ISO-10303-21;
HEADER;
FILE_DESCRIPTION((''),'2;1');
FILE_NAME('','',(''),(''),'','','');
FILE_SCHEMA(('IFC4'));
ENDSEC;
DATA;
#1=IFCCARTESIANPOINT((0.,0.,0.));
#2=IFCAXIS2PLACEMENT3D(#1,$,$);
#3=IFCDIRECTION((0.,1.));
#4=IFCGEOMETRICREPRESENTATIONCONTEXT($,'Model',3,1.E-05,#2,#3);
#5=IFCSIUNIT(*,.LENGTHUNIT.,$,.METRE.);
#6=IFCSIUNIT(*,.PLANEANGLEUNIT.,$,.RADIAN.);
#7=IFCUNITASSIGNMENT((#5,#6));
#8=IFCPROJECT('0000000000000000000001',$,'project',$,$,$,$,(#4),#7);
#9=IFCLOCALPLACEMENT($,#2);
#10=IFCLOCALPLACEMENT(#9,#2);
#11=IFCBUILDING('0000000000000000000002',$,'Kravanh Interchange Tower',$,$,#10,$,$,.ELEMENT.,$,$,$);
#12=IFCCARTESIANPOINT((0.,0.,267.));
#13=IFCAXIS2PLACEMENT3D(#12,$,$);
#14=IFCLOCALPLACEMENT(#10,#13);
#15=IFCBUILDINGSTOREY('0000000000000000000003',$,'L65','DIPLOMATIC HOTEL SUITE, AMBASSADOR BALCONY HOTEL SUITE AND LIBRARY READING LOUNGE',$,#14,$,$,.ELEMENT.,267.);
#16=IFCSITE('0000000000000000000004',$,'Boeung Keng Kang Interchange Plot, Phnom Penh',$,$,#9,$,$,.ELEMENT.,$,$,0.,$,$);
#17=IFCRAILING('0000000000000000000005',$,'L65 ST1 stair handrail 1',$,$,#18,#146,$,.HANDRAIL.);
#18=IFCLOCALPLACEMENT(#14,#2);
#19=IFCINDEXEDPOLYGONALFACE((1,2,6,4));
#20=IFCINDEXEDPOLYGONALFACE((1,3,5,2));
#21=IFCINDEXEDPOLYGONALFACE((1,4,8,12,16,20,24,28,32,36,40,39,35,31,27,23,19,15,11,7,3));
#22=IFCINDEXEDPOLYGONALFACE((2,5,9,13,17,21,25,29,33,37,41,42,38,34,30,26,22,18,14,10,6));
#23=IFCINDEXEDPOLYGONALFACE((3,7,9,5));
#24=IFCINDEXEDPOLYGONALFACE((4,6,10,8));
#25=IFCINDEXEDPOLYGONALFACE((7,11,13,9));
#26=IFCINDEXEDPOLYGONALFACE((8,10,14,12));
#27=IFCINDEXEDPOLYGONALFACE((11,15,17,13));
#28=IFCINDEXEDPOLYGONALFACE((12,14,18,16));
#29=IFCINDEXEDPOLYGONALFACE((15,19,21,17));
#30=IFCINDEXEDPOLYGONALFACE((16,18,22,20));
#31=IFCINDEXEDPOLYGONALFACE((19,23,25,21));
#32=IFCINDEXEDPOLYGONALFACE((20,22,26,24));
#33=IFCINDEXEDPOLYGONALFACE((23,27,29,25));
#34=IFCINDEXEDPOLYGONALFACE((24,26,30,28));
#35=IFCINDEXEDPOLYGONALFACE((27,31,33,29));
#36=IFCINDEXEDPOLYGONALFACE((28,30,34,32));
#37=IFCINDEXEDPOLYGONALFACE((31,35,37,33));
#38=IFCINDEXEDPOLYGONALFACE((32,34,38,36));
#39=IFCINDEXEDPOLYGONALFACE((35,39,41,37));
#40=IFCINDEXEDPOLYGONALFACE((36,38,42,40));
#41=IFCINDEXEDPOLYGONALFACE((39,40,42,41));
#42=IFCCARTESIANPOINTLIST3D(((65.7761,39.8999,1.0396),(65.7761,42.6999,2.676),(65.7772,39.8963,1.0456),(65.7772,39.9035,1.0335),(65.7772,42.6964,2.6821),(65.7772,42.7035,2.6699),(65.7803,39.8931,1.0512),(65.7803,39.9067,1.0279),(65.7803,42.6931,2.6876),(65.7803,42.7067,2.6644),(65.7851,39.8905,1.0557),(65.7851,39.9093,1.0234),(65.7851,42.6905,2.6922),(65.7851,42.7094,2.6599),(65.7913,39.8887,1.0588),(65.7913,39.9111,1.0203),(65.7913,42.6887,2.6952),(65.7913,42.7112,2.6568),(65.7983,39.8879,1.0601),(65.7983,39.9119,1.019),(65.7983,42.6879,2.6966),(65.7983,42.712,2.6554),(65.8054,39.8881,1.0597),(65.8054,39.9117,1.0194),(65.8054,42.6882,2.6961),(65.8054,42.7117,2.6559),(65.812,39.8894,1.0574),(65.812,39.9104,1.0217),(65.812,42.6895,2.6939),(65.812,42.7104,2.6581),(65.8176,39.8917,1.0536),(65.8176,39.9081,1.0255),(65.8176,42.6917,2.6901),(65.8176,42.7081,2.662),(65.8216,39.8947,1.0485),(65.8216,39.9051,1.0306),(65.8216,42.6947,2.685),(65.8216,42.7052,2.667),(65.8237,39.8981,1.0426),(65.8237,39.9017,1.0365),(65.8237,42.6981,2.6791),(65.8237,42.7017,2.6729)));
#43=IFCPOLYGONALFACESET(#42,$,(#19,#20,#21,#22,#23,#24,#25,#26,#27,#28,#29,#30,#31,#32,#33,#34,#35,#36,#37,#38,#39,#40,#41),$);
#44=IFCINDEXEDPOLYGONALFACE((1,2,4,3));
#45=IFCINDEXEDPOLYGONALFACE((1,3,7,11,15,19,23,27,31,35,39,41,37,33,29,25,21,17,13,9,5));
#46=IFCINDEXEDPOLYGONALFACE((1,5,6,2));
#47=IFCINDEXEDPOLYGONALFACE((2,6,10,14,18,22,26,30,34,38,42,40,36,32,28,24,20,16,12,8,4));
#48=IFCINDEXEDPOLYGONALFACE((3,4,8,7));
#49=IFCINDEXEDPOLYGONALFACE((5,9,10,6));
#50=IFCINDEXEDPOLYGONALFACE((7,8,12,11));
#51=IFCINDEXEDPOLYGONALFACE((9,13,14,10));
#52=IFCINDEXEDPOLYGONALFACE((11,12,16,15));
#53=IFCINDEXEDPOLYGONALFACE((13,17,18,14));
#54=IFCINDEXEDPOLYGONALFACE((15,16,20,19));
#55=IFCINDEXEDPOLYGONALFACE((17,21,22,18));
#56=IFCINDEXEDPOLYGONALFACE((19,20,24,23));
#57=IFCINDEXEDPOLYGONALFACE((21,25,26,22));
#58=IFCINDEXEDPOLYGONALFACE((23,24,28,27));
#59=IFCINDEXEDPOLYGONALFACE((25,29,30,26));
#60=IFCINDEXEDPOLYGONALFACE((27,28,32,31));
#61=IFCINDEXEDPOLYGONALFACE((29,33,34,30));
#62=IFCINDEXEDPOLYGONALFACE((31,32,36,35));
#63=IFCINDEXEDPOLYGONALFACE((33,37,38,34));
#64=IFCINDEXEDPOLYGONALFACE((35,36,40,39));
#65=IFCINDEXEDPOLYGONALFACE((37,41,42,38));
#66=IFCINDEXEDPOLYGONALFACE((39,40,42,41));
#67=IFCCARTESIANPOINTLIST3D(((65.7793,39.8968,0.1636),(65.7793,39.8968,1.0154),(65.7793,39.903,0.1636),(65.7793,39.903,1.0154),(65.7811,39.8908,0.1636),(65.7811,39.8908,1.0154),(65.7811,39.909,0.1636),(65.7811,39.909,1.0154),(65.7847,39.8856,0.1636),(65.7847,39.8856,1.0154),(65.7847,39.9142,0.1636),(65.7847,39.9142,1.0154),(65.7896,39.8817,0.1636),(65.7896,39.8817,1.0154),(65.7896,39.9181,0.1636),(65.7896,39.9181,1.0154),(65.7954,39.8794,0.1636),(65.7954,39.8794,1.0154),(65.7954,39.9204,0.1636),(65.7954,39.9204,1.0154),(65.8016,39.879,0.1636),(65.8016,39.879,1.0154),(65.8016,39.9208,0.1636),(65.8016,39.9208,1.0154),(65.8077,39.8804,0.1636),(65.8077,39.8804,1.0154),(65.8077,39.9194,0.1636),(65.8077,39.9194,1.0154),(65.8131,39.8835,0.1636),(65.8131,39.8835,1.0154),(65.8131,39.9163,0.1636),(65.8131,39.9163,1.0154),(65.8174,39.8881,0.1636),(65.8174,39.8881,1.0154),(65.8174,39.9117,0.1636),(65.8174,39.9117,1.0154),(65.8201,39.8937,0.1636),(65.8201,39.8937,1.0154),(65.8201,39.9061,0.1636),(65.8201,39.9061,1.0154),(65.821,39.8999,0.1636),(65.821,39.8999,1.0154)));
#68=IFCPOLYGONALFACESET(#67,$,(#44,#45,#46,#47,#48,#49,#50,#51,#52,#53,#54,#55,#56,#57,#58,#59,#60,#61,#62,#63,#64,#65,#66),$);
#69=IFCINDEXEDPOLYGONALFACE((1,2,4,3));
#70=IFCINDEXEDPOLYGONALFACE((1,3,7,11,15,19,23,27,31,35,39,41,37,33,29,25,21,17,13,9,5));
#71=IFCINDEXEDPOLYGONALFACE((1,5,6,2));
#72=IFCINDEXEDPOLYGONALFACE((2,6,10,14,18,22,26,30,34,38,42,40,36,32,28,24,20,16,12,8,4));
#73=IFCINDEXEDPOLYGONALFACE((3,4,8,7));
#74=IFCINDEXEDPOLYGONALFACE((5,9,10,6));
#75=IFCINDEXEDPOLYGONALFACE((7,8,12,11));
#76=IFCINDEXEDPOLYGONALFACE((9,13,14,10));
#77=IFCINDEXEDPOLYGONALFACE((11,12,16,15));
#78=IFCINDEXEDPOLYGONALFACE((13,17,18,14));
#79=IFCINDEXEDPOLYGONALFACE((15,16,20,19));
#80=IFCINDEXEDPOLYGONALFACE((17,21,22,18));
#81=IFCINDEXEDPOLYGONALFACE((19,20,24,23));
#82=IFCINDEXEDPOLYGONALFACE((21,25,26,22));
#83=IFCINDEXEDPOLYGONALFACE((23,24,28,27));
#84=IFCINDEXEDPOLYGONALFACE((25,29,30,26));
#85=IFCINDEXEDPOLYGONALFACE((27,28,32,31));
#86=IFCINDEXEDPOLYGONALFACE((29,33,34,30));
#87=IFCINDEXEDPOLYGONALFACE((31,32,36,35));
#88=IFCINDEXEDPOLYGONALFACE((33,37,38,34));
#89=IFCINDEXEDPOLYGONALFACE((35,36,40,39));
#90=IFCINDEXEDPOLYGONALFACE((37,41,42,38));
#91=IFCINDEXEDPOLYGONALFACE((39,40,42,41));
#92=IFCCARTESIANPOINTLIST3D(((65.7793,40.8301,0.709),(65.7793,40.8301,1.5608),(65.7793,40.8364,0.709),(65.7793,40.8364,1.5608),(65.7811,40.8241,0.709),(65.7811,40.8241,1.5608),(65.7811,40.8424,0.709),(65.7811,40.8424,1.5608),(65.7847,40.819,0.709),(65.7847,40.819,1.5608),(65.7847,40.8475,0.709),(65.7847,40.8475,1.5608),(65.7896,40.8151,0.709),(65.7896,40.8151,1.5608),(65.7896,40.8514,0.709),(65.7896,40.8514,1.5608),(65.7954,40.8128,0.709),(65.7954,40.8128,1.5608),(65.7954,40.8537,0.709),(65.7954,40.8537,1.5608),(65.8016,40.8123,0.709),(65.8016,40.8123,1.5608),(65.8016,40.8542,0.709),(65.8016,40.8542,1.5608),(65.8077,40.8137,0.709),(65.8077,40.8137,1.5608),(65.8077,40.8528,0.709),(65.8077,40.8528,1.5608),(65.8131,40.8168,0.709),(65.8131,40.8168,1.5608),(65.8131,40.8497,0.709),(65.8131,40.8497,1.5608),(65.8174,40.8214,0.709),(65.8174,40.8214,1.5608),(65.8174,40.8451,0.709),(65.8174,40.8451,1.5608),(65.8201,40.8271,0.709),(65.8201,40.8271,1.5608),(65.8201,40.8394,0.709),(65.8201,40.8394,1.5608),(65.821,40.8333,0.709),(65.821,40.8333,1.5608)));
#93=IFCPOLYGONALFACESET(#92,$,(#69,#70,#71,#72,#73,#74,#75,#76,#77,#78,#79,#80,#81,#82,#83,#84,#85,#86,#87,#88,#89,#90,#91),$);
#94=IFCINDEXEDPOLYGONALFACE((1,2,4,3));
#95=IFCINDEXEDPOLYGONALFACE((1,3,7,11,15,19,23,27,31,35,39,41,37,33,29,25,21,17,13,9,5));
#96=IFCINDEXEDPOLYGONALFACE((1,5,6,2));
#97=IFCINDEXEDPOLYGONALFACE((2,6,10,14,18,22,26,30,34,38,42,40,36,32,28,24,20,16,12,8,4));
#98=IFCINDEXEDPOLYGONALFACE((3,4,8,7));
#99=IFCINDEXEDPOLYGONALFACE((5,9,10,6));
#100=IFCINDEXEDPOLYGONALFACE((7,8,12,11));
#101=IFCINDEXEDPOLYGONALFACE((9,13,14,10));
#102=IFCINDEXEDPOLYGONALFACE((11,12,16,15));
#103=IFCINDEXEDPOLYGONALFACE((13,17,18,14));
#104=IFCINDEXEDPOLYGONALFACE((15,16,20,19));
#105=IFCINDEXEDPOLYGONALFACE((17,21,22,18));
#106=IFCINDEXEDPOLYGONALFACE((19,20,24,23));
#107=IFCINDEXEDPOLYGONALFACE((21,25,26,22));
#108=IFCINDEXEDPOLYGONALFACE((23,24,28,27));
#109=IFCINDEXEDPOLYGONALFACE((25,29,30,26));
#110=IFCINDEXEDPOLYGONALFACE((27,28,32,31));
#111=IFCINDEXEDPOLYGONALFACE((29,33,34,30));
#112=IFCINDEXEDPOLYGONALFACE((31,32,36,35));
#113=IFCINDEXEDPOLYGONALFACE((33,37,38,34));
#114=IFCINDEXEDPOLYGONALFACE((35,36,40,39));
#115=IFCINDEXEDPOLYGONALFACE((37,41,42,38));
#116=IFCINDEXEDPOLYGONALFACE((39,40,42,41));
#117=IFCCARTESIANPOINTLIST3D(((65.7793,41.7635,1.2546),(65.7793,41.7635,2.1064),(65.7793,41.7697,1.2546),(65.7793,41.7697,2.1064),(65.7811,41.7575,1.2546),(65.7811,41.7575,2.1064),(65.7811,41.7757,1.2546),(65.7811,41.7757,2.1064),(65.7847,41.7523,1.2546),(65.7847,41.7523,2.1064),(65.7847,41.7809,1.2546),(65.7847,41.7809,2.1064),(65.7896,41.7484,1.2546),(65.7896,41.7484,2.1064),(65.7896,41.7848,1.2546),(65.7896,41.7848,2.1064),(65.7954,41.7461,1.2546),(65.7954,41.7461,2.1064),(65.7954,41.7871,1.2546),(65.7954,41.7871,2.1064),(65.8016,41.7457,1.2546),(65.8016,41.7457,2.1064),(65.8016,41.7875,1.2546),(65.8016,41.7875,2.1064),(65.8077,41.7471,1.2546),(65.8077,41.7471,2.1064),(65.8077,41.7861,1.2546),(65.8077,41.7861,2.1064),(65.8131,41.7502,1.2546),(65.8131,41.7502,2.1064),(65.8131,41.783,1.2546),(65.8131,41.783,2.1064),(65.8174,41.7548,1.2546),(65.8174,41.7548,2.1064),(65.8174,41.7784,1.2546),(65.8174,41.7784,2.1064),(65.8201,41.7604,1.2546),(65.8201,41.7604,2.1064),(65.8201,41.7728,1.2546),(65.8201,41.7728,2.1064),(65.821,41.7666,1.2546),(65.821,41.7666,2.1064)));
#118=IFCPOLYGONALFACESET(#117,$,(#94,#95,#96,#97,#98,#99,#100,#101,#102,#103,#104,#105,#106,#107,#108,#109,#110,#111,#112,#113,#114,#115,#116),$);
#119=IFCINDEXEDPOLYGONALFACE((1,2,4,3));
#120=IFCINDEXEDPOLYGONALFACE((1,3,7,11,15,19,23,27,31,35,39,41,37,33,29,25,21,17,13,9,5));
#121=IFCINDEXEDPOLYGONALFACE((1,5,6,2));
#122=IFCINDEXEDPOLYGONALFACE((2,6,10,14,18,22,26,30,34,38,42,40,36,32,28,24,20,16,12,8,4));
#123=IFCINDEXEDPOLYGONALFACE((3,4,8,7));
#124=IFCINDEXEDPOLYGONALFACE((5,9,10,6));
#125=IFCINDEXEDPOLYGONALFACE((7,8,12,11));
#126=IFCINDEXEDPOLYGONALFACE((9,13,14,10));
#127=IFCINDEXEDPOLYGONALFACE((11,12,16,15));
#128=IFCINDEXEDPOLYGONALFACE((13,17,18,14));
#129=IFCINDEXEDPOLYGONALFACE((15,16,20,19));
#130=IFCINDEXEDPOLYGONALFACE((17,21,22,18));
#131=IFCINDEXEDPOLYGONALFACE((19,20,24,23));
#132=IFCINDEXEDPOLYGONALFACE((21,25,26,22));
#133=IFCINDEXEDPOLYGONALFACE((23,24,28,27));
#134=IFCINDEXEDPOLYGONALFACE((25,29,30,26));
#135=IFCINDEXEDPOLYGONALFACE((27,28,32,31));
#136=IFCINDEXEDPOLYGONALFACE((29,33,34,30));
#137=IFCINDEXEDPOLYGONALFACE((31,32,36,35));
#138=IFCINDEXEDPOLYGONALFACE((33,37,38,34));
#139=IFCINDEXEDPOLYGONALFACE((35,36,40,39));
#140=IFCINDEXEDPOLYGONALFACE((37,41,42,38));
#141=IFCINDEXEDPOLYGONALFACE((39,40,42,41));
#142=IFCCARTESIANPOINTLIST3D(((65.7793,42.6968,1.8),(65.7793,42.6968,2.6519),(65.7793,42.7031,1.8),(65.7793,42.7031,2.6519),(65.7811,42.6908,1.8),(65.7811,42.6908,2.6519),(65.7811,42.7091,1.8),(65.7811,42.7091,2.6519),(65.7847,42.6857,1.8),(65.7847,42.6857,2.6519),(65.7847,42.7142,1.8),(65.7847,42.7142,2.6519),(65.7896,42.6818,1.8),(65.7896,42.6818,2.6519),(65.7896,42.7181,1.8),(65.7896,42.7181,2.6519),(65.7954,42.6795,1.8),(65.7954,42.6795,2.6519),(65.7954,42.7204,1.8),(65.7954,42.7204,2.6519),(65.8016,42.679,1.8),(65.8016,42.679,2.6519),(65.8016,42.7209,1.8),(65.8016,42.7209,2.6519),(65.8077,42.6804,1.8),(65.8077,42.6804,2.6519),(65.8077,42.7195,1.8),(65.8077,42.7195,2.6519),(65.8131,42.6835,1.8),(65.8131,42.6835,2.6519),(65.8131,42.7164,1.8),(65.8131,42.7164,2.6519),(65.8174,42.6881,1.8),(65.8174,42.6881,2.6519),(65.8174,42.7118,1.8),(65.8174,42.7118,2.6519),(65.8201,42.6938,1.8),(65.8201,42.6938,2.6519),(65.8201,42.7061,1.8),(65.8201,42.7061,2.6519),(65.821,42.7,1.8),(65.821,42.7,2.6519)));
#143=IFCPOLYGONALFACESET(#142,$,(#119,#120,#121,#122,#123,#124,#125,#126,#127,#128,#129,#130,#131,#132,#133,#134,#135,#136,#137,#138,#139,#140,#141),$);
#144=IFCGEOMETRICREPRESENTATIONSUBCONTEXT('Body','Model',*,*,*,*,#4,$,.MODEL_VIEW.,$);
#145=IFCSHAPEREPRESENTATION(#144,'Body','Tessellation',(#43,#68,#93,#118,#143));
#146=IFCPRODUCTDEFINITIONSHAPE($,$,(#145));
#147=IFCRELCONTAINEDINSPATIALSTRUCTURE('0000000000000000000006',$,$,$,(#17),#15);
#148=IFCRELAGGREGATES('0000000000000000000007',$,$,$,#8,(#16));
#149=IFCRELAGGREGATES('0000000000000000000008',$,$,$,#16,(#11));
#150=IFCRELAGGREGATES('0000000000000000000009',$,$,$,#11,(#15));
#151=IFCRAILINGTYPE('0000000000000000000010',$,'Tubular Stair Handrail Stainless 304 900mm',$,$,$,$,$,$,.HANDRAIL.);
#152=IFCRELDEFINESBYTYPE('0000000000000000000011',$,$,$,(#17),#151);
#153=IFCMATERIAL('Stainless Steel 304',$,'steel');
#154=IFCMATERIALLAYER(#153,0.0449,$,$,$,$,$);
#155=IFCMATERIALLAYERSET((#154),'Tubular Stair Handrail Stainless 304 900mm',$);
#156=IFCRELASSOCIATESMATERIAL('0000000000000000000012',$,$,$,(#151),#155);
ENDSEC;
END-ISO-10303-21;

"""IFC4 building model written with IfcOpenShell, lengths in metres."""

from ifc_helpers import new_model, si_unit, direction, frame, origin, origin_2d, place, context, subcontext, project, spatial, circle, extrude, material, layer, layer_set, type_object, element, save


model = new_model("IFC4")

# Units and contexts
model_context = context("Model", 3, precision=1e-05, world=origin(), true_north=direction((0.0, 1.0)))
body_context = subcontext(model_context, "Body", "Model", "MODEL_VIEW")
ifc_project = project(units=[si_unit("LENGTHUNIT", "METRE"), si_unit("PLANEANGLEUNIT", "RADIAN")], contexts=[model_context])

# Site, building, storey
site_placement = place(None, origin())
site = spatial("IfcSite", under=ifc_project, at=site_placement, Name="Boeung Keng Kang Interchange Plot, Phnom Penh", CompositionType="ELEMENT", RefElevation=0.0)
building_placement = place(site_placement, origin())
building = spatial("IfcBuilding", under=site, at=building_placement, Name="Kravanh Interchange Tower", CompositionType="ELEMENT")
storey_placement = place(building_placement, frame((0.0, 0.0, 267.0)))
storey = spatial("IfcBuildingStorey", under=building, at=storey_placement, Name="L65", Description="DIPLOMATIC HOTEL SUITE, AMBASSADOR BALCONY HOTEL SUITE AND LIBRARY READING LOUNGE", CompositionType="ELEMENT", Elevation=267.0)

# Railing
ifc_material_1 = material(Name="Stainless Steel 304", Category="steel")
ifc_layer_1 = layer(ifc_material_1, 0.0449)
ifc_layer_set_1 = layer_set([ifc_layer_1], Name="Tubular Stair Handrail Stainless 304 900mm")
railing_type_1 = type_object("IfcRailingType", Name="Tubular Stair Handrail Stainless 304 900mm", PredefinedType="HANDRAIL", material=ifc_layer_set_1)
railing_1_placement = place(storey_placement, frame((65.8, 39.8999, 0.1636)))
element("IfcRailing", 1, at=railing_1_placement, inside=storey, type_object=railing_type_1, Name="L65 ST1 stair handrail 1", PredefinedType="HANDRAIL", context=body_context, shape_type="SweptSolid", body=[
    extrude(circle(Radius=0.0239, at=origin_2d()), frame((0.0, 0.0, 0.876), z_axis=(0.0, 0.863361, 0.504587), x_axis=(-1.0, 0.0, 0.0)), (0.0, 0.0, 1.0), 3.2432),
    extrude(circle(Radius=0.021, at=origin_2d()), origin(), (0.0, 0.0, 1.0), 0.8518),
    extrude(circle(Radius=0.021, at=origin_2d()), frame((0.0, 0.9333, 0.5454)), (0.0, 0.0, 1.0), 0.8518),
    extrude(circle(Radius=0.021, at=origin_2d()), frame((0.0, 1.8667, 1.0911)), (0.0, 0.0, 1.0), 0.8518),
    extrude(circle(Radius=0.021, at=origin_2d()), frame((0.0, 2.8, 1.6365)), (0.0, 0.0, 1.0), 0.8518),
])

save(model, "model.ifc")
